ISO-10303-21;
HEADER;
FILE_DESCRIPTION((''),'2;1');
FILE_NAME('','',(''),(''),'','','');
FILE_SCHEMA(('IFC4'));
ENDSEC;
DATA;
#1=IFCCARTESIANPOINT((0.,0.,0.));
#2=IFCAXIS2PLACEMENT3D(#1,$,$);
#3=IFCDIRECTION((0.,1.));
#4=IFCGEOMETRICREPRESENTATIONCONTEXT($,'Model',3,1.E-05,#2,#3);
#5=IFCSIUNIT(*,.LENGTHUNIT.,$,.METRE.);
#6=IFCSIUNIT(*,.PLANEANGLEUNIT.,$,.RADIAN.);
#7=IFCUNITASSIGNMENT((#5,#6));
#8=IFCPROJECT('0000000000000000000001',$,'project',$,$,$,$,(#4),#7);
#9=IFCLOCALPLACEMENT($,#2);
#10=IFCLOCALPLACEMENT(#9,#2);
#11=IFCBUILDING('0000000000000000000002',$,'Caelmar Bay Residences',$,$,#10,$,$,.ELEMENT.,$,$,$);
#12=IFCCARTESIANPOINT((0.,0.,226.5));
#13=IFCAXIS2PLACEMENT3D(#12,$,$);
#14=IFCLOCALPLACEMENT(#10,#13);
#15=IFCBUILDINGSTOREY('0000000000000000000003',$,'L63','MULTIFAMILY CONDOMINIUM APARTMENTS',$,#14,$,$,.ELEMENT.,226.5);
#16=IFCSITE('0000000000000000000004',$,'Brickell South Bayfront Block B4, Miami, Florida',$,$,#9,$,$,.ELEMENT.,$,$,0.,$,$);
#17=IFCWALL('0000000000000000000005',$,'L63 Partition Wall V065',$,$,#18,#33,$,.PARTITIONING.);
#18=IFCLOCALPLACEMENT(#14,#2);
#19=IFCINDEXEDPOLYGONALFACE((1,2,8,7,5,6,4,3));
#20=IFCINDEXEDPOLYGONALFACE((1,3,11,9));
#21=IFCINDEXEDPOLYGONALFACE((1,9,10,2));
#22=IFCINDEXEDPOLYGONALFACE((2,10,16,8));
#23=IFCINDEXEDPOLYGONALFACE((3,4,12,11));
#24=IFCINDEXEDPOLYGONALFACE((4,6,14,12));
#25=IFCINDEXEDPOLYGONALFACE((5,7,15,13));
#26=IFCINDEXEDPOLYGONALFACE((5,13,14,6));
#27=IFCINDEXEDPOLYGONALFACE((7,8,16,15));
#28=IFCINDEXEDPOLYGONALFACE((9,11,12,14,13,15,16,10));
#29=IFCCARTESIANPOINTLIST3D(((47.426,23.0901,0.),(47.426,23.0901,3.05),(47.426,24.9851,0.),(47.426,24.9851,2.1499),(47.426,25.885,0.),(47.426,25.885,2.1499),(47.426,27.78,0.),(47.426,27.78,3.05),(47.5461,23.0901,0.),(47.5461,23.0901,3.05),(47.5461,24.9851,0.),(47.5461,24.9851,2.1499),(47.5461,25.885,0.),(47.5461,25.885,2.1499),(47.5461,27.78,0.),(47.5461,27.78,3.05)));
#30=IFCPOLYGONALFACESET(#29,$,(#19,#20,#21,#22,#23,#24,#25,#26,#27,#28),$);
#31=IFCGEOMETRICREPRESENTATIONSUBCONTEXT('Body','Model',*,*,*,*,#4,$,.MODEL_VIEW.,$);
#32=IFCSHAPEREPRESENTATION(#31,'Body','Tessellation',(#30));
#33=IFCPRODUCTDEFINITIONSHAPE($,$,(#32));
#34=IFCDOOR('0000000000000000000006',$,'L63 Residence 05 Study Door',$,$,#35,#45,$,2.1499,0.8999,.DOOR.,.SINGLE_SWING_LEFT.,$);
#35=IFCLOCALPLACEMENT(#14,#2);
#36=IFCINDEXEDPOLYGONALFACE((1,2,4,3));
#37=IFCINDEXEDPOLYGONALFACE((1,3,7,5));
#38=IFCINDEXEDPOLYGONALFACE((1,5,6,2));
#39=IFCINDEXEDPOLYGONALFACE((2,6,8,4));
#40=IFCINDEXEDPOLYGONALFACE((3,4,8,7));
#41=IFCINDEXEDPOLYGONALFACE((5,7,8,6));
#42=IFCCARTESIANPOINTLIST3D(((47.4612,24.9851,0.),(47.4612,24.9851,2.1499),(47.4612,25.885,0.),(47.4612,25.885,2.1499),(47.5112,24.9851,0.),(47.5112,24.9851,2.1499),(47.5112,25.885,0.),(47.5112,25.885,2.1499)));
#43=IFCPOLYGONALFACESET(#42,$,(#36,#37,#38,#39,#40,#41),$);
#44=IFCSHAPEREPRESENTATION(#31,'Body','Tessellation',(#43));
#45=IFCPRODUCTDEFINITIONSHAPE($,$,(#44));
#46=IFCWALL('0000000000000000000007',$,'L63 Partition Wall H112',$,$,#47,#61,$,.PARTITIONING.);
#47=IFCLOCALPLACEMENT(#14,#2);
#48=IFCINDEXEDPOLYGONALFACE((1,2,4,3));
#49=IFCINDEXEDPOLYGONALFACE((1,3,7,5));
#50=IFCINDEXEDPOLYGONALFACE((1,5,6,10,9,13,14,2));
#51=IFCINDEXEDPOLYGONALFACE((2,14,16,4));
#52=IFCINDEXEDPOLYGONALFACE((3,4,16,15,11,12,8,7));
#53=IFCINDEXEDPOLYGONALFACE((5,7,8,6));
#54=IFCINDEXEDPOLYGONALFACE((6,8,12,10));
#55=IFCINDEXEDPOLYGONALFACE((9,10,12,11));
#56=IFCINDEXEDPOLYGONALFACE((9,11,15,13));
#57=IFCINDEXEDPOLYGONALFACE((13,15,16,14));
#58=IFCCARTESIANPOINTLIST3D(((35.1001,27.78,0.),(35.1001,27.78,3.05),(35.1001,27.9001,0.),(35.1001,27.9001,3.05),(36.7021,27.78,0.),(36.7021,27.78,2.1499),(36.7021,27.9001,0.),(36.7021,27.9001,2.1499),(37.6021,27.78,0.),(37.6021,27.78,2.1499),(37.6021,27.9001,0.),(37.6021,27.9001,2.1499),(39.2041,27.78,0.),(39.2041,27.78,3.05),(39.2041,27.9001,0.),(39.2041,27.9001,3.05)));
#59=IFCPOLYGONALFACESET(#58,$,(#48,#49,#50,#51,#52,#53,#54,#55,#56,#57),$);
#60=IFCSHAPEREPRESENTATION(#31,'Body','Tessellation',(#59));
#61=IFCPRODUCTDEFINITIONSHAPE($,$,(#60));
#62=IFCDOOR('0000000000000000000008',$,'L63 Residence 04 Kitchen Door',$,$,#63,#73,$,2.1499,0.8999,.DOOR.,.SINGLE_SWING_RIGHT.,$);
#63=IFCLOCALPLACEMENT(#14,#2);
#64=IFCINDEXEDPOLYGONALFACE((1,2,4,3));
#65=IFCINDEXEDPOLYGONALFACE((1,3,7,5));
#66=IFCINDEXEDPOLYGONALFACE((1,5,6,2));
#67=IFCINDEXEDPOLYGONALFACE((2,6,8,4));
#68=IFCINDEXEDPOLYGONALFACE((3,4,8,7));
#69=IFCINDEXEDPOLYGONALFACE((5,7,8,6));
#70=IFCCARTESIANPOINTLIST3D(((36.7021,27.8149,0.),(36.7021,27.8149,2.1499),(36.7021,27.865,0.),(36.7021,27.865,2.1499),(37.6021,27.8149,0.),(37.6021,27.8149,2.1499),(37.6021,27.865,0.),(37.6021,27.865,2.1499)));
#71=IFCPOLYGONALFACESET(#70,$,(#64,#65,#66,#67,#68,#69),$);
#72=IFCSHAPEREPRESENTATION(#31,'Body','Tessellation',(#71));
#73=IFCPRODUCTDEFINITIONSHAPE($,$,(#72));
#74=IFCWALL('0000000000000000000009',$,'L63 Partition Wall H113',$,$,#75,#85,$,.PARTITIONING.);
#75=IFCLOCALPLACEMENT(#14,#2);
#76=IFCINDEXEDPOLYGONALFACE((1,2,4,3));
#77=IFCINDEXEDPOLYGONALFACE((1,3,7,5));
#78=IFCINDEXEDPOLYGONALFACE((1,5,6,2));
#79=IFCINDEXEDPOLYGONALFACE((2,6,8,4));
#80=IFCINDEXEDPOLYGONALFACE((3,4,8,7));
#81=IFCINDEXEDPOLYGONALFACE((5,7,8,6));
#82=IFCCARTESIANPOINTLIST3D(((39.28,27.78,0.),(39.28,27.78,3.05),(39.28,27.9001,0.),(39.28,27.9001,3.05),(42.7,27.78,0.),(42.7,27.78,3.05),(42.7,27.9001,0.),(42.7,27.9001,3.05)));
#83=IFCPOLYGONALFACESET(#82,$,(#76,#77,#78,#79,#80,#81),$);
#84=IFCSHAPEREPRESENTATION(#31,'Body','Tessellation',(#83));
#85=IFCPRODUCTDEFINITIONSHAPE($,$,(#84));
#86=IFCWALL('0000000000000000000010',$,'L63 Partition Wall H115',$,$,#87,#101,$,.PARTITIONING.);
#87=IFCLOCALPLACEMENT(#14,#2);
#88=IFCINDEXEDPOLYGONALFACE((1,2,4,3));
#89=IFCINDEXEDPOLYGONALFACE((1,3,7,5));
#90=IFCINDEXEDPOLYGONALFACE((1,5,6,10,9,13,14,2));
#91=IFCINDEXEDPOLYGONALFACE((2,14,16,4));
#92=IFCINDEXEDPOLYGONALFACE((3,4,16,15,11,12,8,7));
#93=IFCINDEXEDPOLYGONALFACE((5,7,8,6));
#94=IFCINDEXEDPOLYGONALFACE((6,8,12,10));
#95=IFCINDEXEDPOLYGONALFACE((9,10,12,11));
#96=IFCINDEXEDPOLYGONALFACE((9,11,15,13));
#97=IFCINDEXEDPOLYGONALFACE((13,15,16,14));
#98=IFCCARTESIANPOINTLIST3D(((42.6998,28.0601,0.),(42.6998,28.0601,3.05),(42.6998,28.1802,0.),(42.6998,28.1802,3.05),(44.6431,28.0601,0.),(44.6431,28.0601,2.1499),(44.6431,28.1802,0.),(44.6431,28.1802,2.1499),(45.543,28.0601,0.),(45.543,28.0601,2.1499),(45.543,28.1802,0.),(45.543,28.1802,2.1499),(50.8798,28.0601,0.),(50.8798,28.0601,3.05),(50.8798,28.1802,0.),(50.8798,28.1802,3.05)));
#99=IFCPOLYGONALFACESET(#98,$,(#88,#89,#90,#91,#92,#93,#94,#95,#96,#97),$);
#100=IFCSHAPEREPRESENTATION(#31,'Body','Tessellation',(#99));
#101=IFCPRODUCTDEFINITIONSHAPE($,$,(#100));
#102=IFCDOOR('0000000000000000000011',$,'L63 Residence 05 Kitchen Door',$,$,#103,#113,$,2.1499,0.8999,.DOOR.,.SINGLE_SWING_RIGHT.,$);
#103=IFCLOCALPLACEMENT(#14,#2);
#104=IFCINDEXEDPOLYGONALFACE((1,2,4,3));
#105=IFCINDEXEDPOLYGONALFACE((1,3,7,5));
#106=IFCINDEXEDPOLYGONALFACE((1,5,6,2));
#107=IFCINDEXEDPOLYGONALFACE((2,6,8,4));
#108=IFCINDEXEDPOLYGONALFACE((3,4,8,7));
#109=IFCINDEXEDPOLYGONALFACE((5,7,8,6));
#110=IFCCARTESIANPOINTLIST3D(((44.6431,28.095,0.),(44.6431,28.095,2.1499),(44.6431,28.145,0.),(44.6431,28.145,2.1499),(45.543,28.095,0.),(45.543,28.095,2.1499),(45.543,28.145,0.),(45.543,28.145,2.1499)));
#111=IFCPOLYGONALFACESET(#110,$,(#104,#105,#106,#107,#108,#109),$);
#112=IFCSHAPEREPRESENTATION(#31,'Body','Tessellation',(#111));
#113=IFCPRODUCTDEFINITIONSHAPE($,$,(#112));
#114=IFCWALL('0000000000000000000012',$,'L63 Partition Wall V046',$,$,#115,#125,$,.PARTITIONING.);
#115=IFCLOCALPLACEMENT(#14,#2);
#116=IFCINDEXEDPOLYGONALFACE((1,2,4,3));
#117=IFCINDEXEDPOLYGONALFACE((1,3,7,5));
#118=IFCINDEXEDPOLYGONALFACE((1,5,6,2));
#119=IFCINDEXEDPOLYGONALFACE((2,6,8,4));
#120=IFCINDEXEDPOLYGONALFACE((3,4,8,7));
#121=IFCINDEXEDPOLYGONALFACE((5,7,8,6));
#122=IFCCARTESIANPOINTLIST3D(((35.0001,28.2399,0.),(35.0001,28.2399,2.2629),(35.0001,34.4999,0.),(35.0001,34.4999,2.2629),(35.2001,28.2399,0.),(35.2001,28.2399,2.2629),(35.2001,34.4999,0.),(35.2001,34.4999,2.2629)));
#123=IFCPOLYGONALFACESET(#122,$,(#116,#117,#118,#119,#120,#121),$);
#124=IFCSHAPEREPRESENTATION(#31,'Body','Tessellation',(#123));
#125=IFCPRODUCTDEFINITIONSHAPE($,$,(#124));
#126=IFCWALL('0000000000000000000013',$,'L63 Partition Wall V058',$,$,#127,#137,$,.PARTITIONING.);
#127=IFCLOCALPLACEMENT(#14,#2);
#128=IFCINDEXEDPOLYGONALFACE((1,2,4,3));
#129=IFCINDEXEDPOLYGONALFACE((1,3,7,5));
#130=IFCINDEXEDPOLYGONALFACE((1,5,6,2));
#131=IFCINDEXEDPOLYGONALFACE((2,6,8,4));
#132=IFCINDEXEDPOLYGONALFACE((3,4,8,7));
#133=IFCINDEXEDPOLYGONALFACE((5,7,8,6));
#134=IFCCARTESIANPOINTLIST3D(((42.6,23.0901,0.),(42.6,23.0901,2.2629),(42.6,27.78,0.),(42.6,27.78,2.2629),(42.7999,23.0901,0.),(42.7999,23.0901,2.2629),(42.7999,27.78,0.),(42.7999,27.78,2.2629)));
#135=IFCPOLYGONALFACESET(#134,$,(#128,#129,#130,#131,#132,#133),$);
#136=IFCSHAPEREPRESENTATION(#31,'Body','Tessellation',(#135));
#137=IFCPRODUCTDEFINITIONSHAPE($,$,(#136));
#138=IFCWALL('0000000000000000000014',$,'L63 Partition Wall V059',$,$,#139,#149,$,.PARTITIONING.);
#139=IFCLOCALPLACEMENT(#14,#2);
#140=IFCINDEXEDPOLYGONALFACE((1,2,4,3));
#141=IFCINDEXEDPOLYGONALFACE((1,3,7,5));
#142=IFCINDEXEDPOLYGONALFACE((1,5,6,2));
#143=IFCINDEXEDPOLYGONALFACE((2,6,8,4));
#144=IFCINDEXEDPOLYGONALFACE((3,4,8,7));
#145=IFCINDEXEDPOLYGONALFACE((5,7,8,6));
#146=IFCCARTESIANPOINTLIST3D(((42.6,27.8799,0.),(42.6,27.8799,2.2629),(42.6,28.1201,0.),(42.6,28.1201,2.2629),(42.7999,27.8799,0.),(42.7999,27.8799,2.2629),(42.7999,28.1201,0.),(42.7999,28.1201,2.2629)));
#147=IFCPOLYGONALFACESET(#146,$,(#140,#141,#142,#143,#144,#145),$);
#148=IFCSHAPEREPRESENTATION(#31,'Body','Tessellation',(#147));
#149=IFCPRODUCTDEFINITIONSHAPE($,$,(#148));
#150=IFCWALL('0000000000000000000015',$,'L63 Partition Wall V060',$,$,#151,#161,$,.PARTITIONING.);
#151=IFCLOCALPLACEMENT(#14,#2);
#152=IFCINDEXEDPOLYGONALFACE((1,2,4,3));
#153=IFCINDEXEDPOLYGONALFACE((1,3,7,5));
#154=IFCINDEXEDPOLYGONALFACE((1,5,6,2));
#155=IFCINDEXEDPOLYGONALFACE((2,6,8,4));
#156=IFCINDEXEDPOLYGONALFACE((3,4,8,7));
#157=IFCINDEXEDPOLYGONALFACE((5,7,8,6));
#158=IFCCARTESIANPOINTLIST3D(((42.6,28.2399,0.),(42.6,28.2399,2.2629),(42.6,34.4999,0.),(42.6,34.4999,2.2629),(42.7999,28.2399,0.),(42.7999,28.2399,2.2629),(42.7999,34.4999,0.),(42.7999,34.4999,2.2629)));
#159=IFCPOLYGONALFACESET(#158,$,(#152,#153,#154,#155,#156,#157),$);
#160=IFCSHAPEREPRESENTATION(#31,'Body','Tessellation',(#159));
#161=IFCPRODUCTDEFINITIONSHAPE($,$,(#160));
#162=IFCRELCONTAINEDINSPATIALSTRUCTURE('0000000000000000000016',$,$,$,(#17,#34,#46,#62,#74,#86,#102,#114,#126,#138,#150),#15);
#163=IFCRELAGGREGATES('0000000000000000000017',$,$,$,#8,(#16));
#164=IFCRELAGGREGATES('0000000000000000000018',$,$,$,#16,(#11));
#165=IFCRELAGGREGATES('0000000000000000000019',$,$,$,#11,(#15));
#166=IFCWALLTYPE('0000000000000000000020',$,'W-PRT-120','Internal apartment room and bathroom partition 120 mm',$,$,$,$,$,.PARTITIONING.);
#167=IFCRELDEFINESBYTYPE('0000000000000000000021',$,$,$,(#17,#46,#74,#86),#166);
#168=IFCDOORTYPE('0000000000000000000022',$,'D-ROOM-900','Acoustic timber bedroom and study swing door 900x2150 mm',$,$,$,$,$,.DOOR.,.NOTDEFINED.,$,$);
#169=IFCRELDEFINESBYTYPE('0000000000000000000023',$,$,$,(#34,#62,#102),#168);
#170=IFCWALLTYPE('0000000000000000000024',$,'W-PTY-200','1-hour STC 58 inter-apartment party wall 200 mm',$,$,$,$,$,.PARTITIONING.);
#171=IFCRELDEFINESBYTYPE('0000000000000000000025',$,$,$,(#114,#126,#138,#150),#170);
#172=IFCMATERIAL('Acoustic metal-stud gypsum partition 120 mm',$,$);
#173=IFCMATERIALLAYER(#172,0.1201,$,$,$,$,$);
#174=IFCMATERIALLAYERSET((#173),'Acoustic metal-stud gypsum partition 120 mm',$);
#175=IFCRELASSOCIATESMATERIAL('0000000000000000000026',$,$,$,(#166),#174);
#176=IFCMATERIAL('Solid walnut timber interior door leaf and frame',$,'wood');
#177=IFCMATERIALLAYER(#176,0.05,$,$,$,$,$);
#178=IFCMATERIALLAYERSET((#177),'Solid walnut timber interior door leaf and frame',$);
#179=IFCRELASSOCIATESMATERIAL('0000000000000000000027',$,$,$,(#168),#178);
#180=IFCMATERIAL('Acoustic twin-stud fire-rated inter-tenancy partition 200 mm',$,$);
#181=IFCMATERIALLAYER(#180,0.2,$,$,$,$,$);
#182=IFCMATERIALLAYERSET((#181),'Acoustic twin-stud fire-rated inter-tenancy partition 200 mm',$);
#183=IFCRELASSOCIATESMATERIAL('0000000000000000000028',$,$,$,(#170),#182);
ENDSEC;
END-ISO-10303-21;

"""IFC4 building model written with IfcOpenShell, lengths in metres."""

from ifc_helpers import new_model, si_unit, direction, frame, frame_2d, origin, place, context, subcontext, project, spatial, rectangle, extrude, material, layer, layer_set, type_object, element, fill, save


model = new_model("IFC4")

# Units and contexts
model_context = context("Model", 3, precision=1e-05, world=origin(), true_north=direction((0.0, 1.0)))
body_context = subcontext(model_context, "Body", "Model", "MODEL_VIEW")
ifc_project = project(units=[si_unit("LENGTHUNIT", "METRE"), si_unit("PLANEANGLEUNIT", "RADIAN")], contexts=[model_context])

# Site, building, storey
site_placement = place(None, origin())
site = spatial("IfcSite", under=ifc_project, at=site_placement, Name="Brickell South Bayfront Block B4, Miami, Florida", CompositionType="ELEMENT", RefElevation=0.0)
building_placement = place(site_placement, origin())
building = spatial("IfcBuilding", under=site, at=building_placement, Name="Caelmar Bay Residences", CompositionType="ELEMENT")
storey_placement = place(building_placement, frame((0.0, 0.0, 226.5)))
storey = spatial("IfcBuildingStorey", under=building, at=storey_placement, Name="L63", Description="MULTIFAMILY CONDOMINIUM APARTMENTS", CompositionType="ELEMENT", Elevation=226.5)

# Shared definitions
ifc_material_1 = material(Name="Acoustic metal-stud gypsum partition 120 mm")
ifc_layer_1 = layer(ifc_material_1, 0.1201)
ifc_layer_set_1 = layer_set([ifc_layer_1], Name="Acoustic metal-stud gypsum partition 120 mm")
wall_type_1 = type_object("IfcWallType", Name="W-PRT-120", Description="Internal apartment room and bathroom partition 120 mm", PredefinedType="PARTITIONING", material=ifc_layer_set_1)

# Walls, openings, doors
ifc_material_2 = material(Name="Solid walnut timber interior door leaf and frame", Category="wood")
wall_1_placement = place(storey_placement, frame((47.4861, 23.0901, 0.0), z_axis=(0.0, 0.0, 1.0), x_axis=(0.0, 1.0, 0.0)))
wall_1 = element("IfcWall", 1, at=wall_1_placement, inside=storey, type_object=wall_type_1, Name="L63 Partition Wall V065", PredefinedType="PARTITIONING", context=body_context, shape_type="SweptSolid", body=[
    extrude(rectangle(XDim=4.6899, YDim=0.1201, at=frame_2d((2.345, 0.0))), origin(), (0.0, 0.0, 1.0), 3.05),
])
opening_1_placement = place(wall_1_placement, frame((1.895, 0.0, 0.0)))
opening_1 = element("IfcOpeningElement", 2, at=opening_1_placement, cuts=wall_1, PredefinedType="OPENING", context=body_context, shape_type="SweptSolid", body=[
    extrude(rectangle(XDim=0.8999, YDim=2.1499, at=frame_2d((0.45, 1.075))), frame((0.0, 0.0701, 0.0), z_axis=(0.0, -1.0, 0.0), x_axis=(1.0, 0.0, 0.0)), (0.0, 0.0, 1.0), 0.1401),
])
ifc_layer_2 = layer(ifc_material_2, 0.05)
ifc_layer_set_2 = layer_set([ifc_layer_2], Name="Solid walnut timber interior door leaf and frame")
door_type_1 = type_object("IfcDoorType", Name="D-ROOM-900", Description="Acoustic timber bedroom and study swing door 900x2150 mm", OperationType="NOTDEFINED", PredefinedType="DOOR", material=ifc_layer_set_2)
door_1_placement = place(opening_1_placement, origin())
door_1 = element("IfcDoor", 3, at=door_1_placement, inside=storey, type_object=door_type_1, Name="L63 Residence 05 Study Door", OperationType="SINGLE_SWING_LEFT", OverallHeight=2.1499, OverallWidth=0.8999, PredefinedType="DOOR", context=body_context, shape_type="SweptSolid", body=[
    extrude(rectangle(XDim=0.8999, YDim=2.1499, at=frame_2d((0.45, 1.075))), frame((0.0, 0.0249, 0.0), z_axis=(0.0, -1.0, 0.0), x_axis=(1.0, 0.0, 0.0)), (0.0, 0.0, 1.0), 0.05),
])
fill(opening_1, door_1)
wall_2_placement = place(storey_placement, frame((35.1001, 27.8401, 0.0), z_axis=(0.0, 0.0, 1.0), x_axis=(1.0, 0.0, 0.0)))
wall_2 = element("IfcWall", 4, at=wall_2_placement, inside=storey, type_object=wall_type_1, Name="L63 Partition Wall H112", PredefinedType="PARTITIONING", context=body_context, shape_type="SweptSolid", body=[
    extrude(rectangle(XDim=4.104, YDim=0.1201, at=frame_2d((2.052, 0.0))), origin(), (0.0, 0.0, 1.0), 3.05),
])
opening_2_placement = place(wall_2_placement, frame((1.6021, 0.0, 0.0)))
opening_2 = element("IfcOpeningElement", 5, at=opening_2_placement, cuts=wall_2, PredefinedType="OPENING", context=body_context, shape_type="SweptSolid", body=[
    extrude(rectangle(XDim=0.8999, YDim=2.1499, at=frame_2d((0.45, 1.075))), frame((0.0, 0.0701, 0.0), z_axis=(0.0, -1.0, 0.0), x_axis=(1.0, 0.0, 0.0)), (0.0, 0.0, 1.0), 0.1401),
])
door_2_placement = place(opening_2_placement, origin())
door_2 = element("IfcDoor", 6, at=door_2_placement, inside=storey, type_object=door_type_1, Name="L63 Residence 04 Kitchen Door", OperationType="SINGLE_SWING_RIGHT", OverallHeight=2.1499, OverallWidth=0.8999, PredefinedType="DOOR", context=body_context, shape_type="SweptSolid", body=[
    extrude(rectangle(XDim=0.8999, YDim=2.1499, at=frame_2d((0.45, 1.075))), frame((0.0, 0.0249, 0.0), z_axis=(0.0, -1.0, 0.0), x_axis=(1.0, 0.0, 0.0)), (0.0, 0.0, 1.0), 0.05),
])
fill(opening_2, door_2)

# Wall
wall_3_placement = place(storey_placement, frame((39.28, 27.8401, 0.0), z_axis=(0.0, 0.0, 1.0), x_axis=(1.0, 0.0, 0.0)))
element("IfcWall", 7, at=wall_3_placement, inside=storey, type_object=wall_type_1, Name="L63 Partition Wall H113", PredefinedType="PARTITIONING", context=body_context, shape_type="SweptSolid", body=[
    extrude(rectangle(XDim=3.4199, YDim=0.1201, at=frame_2d((1.71, 0.0))), origin(), (0.0, 0.0, 1.0), 3.05),
])

# Wall, opening, door
wall_4_placement = place(storey_placement, frame((42.7, 28.1201, 0.0), z_axis=(0.0, 0.0, 1.0), x_axis=(1.0, 0.0, 0.0)))
wall_4 = element("IfcWall", 8, at=wall_4_placement, inside=storey, type_object=wall_type_1, Name="L63 Partition Wall H115", PredefinedType="PARTITIONING", context=body_context, shape_type="SweptSolid", body=[
    extrude(rectangle(XDim=8.1799, YDim=0.1201, at=frame_2d((4.0898, 0.0))), origin(), (0.0, 0.0, 1.0), 3.05),
])
opening_3_placement = place(wall_4_placement, frame((1.9431, 0.0, 0.0)))
opening_3 = element("IfcOpeningElement", 9, at=opening_3_placement, cuts=wall_4, PredefinedType="OPENING", context=body_context, shape_type="SweptSolid", body=[
    extrude(rectangle(XDim=0.8999, YDim=2.1499, at=frame_2d((0.45, 1.075))), frame((0.0, 0.0701, 0.0), z_axis=(0.0, -1.0, 0.0), x_axis=(1.0, 0.0, 0.0)), (0.0, 0.0, 1.0), 0.1401),
])
door_3_placement = place(opening_3_placement, origin())
door_3 = element("IfcDoor", 10, at=door_3_placement, inside=storey, type_object=door_type_1, Name="L63 Residence 05 Kitchen Door", OperationType="SINGLE_SWING_RIGHT", OverallHeight=2.1499, OverallWidth=0.8999, PredefinedType="DOOR", context=body_context, shape_type="SweptSolid", body=[
    extrude(rectangle(XDim=0.8999, YDim=2.1499, at=frame_2d((0.45, 1.075))), frame((0.0, 0.0249, 0.0), z_axis=(0.0, -1.0, 0.0), x_axis=(1.0, 0.0, 0.0)), (0.0, 0.0, 1.0), 0.05),
])
fill(opening_3, door_3)

# Walls
ifc_material_3 = material(Name="Acoustic twin-stud fire-rated inter-tenancy partition 200 mm")
ifc_layer_3 = layer(ifc_material_3, 0.2)
ifc_layer_set_3 = layer_set([ifc_layer_3], Name="Acoustic twin-stud fire-rated inter-tenancy partition 200 mm")
wall_type_2 = type_object("IfcWallType", Name="W-PTY-200", Description="1-hour STC 58 inter-apartment party wall 200 mm", PredefinedType="PARTITIONING", material=ifc_layer_set_3)
wall_5_placement = place(storey_placement, frame((35.1001, 28.24, 0.0), z_axis=(0.0, 0.0, 1.0), x_axis=(0.0, 1.0, 0.0)))
element("IfcWall", 11, at=wall_5_placement, inside=storey, type_object=wall_type_2, Name="L63 Partition Wall V046", PredefinedType="PARTITIONING", context=body_context, shape_type="SweptSolid", body=[
    extrude(rectangle(XDim=6.26, YDim=0.2, at=frame_2d((3.1299, 0.0))), origin(), (0.0, 0.0, 1.0), 2.2629),
])
wall_6_placement = place(storey_placement, frame((42.7, 23.0901, 0.0), z_axis=(0.0, 0.0, 1.0), x_axis=(0.0, 1.0, 0.0)))
element("IfcWall", 12, at=wall_6_placement, inside=storey, type_object=wall_type_2, Name="L63 Partition Wall V058", PredefinedType="PARTITIONING", context=body_context, shape_type="SweptSolid", body=[
    extrude(rectangle(XDim=4.6899, YDim=0.2, at=frame_2d((2.345, 0.0))), origin(), (0.0, 0.0, 1.0), 2.2629),
])
wall_7_placement = place(storey_placement, frame((42.7, 27.8799, 0.0), z_axis=(0.0, 0.0, 1.0), x_axis=(0.0, 1.0, 0.0)))
element("IfcWall", 13, at=wall_7_placement, inside=storey, type_object=wall_type_2, Name="L63 Partition Wall V059", PredefinedType="PARTITIONING", context=body_context, shape_type="SweptSolid", body=[
    extrude(rectangle(XDim=0.2402, YDim=0.2, at=frame_2d((0.1201, 0.0))), origin(), (0.0, 0.0, 1.0), 2.2629),
])
wall_8_placement = place(storey_placement, frame((42.7, 28.24, 0.0), z_axis=(0.0, 0.0, 1.0), x_axis=(0.0, 1.0, 0.0)))
element("IfcWall", 14, at=wall_8_placement, inside=storey, type_object=wall_type_2, Name="L63 Partition Wall V060", PredefinedType="PARTITIONING", context=body_context, shape_type="SweptSolid", body=[
    extrude(rectangle(XDim=6.26, YDim=0.2, at=frame_2d((3.1299, 0.0))), origin(), (0.0, 0.0, 1.0), 2.2629),
])

save(model, "model.ifc")
